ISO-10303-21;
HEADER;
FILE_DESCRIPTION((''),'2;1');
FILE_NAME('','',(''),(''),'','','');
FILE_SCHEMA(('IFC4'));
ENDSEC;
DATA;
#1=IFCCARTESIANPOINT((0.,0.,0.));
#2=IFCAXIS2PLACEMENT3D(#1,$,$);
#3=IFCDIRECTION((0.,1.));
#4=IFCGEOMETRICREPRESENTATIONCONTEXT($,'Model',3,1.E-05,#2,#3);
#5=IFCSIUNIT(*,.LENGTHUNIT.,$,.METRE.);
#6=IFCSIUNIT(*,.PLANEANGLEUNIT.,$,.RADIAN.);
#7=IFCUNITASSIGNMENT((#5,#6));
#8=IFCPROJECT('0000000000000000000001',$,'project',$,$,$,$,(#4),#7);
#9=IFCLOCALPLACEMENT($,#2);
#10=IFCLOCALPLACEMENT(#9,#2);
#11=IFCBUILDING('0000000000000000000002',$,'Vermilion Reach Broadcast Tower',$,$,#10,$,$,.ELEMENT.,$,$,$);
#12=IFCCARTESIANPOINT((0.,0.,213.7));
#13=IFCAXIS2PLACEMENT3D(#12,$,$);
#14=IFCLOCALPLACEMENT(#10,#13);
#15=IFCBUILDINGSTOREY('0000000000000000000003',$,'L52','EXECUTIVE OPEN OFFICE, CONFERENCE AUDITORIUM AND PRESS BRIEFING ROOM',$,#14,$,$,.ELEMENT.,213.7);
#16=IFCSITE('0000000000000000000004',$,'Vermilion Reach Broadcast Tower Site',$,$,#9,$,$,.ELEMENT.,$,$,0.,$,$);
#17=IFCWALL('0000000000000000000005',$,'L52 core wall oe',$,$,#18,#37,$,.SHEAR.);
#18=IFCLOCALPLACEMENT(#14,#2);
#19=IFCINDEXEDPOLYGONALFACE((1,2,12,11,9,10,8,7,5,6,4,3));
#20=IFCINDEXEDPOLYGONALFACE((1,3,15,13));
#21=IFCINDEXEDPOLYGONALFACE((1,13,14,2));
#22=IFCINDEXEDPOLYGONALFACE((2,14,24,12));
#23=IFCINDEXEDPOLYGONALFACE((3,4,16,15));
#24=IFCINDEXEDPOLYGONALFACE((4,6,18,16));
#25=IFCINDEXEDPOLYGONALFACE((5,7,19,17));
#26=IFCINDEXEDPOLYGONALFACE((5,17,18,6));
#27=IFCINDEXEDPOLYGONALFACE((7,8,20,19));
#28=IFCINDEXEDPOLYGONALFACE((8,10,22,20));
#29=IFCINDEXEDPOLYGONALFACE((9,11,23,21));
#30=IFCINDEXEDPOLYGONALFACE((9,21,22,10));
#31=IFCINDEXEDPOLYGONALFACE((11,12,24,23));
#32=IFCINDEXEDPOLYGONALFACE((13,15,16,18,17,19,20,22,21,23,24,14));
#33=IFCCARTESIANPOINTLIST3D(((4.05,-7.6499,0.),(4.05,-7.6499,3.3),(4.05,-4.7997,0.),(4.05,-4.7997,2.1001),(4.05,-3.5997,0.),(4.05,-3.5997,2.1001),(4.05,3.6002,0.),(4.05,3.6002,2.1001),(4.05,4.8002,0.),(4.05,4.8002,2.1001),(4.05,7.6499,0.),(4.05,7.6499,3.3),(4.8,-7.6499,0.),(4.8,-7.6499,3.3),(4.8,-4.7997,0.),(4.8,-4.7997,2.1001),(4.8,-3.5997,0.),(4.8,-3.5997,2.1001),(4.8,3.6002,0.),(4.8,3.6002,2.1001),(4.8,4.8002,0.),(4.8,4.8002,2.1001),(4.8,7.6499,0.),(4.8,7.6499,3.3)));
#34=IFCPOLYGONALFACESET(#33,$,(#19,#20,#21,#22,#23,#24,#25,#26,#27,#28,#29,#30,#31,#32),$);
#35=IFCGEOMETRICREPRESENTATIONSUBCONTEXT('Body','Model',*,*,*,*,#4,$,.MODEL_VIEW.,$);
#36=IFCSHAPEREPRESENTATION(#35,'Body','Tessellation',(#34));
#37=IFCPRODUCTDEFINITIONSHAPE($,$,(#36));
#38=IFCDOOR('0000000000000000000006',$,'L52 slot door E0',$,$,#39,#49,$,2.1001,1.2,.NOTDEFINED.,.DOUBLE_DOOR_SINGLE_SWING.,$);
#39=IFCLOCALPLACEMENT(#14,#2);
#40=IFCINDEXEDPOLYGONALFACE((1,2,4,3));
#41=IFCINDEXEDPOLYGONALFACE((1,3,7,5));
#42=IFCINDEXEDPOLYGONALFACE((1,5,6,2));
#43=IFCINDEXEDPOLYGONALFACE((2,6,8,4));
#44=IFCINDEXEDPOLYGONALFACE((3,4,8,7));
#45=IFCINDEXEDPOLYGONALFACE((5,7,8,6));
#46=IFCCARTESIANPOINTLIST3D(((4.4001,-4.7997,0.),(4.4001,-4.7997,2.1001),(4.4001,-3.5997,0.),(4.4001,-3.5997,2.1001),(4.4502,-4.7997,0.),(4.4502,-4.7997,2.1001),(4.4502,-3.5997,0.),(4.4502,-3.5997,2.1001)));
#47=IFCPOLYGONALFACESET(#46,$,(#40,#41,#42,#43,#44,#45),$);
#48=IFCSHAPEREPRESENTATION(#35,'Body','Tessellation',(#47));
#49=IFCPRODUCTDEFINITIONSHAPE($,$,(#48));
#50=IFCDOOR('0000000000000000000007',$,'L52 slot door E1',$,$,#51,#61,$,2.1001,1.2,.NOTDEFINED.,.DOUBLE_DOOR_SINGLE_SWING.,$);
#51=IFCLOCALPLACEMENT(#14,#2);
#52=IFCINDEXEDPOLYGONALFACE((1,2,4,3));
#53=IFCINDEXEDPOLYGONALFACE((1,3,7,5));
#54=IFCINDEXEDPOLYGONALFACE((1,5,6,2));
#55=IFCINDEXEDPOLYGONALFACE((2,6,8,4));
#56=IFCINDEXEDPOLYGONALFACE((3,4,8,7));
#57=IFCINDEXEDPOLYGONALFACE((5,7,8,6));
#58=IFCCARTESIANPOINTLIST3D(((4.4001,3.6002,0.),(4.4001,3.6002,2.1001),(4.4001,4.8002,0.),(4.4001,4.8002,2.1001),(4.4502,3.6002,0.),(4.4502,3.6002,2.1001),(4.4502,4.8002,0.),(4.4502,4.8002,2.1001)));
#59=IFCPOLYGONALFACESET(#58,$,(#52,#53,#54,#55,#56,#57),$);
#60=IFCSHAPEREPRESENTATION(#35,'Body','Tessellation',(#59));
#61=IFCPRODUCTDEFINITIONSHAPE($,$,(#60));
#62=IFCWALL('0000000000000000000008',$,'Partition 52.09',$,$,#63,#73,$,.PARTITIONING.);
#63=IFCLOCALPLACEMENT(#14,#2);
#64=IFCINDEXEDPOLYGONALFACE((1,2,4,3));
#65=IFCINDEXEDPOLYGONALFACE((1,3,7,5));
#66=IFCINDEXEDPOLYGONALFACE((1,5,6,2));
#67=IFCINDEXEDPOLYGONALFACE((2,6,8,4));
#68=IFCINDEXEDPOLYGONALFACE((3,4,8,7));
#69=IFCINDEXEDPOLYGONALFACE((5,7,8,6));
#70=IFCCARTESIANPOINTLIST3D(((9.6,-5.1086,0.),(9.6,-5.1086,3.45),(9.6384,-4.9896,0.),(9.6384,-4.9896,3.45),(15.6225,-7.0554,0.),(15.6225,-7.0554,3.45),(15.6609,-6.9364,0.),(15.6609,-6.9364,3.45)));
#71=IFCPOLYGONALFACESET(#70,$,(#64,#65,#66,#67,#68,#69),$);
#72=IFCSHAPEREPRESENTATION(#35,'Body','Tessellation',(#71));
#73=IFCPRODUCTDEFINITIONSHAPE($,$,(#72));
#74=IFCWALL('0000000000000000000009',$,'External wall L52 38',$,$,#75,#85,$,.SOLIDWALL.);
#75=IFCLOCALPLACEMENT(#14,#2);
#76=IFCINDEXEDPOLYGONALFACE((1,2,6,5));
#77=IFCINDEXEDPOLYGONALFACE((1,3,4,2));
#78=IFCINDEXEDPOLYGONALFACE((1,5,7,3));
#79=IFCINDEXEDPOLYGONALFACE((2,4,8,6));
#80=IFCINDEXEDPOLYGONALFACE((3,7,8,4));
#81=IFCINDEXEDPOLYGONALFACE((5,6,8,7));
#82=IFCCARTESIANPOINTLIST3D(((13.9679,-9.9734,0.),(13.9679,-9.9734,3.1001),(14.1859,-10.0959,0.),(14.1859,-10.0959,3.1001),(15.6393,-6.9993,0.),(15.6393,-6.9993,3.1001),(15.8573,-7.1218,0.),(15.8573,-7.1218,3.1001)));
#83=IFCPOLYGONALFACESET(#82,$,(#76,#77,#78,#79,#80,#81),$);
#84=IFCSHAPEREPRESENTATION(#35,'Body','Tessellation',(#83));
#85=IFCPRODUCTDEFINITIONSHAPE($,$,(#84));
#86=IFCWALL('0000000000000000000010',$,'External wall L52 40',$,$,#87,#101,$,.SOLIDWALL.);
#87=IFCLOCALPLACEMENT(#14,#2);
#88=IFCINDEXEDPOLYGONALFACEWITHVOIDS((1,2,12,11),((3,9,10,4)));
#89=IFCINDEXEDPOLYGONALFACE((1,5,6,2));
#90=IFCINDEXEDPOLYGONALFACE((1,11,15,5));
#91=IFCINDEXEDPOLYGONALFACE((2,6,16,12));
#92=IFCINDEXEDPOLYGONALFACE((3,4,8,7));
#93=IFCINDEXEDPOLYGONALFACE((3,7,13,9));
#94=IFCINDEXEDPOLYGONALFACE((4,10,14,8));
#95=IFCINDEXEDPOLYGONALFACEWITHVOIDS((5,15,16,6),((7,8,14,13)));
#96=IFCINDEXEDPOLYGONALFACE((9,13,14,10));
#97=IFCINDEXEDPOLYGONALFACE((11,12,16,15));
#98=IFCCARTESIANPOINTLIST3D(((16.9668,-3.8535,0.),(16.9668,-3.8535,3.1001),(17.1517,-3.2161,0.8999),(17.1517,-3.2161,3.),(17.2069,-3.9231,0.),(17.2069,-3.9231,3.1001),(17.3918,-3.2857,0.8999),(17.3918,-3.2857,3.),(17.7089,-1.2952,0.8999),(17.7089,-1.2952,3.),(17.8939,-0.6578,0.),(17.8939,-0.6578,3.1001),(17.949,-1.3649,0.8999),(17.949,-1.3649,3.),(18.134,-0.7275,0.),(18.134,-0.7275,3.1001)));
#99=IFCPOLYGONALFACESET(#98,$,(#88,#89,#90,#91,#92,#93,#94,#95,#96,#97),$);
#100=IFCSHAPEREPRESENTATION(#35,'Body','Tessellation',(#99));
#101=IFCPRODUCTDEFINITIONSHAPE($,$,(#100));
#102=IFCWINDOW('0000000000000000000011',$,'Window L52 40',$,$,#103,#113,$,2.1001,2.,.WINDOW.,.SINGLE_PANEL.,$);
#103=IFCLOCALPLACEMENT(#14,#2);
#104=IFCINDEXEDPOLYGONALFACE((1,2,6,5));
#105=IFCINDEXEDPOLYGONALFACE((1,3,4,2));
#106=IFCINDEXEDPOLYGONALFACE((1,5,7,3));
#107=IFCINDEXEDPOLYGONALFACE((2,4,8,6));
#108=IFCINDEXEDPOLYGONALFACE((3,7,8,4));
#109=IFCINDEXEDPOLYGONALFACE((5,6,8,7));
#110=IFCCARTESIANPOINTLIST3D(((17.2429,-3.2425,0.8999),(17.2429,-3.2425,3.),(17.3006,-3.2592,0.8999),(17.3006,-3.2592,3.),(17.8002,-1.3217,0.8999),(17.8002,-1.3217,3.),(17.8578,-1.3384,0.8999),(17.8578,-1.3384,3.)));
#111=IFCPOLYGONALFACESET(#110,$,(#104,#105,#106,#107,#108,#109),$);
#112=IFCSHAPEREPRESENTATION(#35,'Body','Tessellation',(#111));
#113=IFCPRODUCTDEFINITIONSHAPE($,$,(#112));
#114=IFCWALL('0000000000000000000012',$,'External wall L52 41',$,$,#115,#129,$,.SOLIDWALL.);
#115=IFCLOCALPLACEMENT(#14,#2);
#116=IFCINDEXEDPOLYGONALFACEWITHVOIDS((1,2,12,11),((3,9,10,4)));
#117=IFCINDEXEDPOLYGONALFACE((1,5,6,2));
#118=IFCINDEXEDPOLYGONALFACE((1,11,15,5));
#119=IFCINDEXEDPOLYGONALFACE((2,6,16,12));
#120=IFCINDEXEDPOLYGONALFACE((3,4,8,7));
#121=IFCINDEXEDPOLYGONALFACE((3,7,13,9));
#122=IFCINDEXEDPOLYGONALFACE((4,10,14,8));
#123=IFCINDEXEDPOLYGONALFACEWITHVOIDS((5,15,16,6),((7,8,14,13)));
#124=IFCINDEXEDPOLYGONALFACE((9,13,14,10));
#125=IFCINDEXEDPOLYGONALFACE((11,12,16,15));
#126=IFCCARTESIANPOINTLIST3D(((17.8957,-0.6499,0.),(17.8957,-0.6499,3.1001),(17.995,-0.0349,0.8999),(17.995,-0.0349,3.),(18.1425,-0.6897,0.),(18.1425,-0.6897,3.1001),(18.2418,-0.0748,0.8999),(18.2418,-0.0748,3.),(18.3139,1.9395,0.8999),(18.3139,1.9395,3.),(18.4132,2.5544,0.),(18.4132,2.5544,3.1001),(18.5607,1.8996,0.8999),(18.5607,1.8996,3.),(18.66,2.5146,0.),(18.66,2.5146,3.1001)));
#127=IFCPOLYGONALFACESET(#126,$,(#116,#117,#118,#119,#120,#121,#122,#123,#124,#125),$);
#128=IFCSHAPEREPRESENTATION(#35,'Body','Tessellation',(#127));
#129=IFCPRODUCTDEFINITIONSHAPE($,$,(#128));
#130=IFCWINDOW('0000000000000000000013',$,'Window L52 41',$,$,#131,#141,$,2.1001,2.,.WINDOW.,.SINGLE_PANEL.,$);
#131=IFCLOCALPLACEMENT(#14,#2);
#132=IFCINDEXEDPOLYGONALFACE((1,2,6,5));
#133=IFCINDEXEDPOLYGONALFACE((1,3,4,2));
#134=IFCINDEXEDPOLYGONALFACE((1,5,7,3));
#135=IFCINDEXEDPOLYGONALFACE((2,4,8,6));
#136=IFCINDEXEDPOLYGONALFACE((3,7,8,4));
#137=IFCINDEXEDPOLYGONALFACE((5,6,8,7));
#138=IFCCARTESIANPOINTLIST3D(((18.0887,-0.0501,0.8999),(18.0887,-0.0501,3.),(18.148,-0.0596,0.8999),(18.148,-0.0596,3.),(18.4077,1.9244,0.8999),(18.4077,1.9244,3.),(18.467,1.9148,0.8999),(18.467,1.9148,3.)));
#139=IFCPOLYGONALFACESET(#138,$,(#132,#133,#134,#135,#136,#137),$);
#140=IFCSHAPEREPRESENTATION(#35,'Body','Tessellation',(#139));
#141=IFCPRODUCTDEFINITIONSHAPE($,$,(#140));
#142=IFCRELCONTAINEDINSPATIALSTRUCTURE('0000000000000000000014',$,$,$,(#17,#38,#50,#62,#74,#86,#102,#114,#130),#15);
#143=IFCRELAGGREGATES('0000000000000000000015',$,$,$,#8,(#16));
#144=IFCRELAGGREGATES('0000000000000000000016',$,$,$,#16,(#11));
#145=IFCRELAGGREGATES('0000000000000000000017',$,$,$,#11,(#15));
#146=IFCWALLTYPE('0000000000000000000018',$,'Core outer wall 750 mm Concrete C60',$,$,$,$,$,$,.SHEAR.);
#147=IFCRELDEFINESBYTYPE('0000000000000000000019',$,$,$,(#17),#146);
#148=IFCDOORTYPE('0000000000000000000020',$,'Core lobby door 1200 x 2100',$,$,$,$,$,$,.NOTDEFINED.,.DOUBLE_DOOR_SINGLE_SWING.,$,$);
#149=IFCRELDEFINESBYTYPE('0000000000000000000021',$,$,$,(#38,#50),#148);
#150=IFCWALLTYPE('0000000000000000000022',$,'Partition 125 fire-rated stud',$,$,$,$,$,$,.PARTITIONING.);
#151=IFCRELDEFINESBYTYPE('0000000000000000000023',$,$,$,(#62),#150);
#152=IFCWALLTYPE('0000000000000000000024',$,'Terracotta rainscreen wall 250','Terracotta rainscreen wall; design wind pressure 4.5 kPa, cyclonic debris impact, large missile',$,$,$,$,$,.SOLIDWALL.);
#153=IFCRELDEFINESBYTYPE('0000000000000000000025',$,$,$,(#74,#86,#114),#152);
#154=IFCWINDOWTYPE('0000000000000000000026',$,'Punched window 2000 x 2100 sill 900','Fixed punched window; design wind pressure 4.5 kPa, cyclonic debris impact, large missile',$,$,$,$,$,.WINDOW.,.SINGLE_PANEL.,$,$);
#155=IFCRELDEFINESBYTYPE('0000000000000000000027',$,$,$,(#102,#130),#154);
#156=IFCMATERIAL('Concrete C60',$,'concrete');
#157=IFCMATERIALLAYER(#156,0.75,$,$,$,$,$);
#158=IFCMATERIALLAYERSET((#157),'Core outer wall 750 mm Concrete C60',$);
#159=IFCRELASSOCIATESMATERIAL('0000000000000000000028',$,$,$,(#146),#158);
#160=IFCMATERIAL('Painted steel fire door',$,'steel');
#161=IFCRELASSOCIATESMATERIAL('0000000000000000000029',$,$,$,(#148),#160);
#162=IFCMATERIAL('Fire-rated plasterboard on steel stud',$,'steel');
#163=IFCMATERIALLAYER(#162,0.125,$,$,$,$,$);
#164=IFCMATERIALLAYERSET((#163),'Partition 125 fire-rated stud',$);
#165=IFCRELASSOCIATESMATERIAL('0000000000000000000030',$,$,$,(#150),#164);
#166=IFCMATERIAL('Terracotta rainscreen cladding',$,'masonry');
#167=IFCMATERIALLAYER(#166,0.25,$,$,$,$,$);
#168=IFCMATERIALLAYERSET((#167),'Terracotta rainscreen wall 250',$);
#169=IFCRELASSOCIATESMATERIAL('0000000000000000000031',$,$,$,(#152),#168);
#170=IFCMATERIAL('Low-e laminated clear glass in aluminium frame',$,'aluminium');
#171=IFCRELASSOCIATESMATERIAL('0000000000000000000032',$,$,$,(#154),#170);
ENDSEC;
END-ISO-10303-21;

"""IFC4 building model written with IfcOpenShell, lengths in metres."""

from ifc_helpers import new_model, si_unit, direction, frame, frame_2d, origin, place, context, subcontext, project, spatial, rectangle, extrude, material, layer, layer_set, type_object, element, fill, save


model = new_model("IFC4")

# Units and contexts
model_context = context("Model", 3, precision=1e-05, world=origin(), true_north=direction((0.0, 1.0)))
body_context = subcontext(model_context, "Body", "Model", "MODEL_VIEW")
ifc_project = project(units=[si_unit("LENGTHUNIT", "METRE"), si_unit("PLANEANGLEUNIT", "RADIAN")], contexts=[model_context])

# Site, building, storey
site_placement = place(None, origin())
site = spatial("IfcSite", under=ifc_project, at=site_placement, Name="Vermilion Reach Broadcast Tower Site", CompositionType="ELEMENT", RefElevation=0.0)
building_placement = place(site_placement, origin())
building = spatial("IfcBuilding", under=site, at=building_placement, Name="Vermilion Reach Broadcast Tower", CompositionType="ELEMENT")
storey_placement = place(building_placement, frame((0.0, 0.0, 213.7)))
storey = spatial("IfcBuildingStorey", under=building, at=storey_placement, Name="L52", Description="EXECUTIVE OPEN OFFICE, CONFERENCE AUDITORIUM AND PRESS BRIEFING ROOM", CompositionType="ELEMENT", Elevation=213.7)

# Wall, openings, doors
ifc_material_1 = material(Name="Concrete C60", Category="concrete")
ifc_layer_1 = layer(ifc_material_1, 0.75)
ifc_layer_set_1 = layer_set([ifc_layer_1], Name="Core outer wall 750 mm Concrete C60")
wall_type_1 = type_object("IfcWallType", Name="Core outer wall 750 mm Concrete C60", PredefinedType="SHEAR", material=ifc_layer_set_1)
wall_1_placement = place(storey_placement, frame((4.425, -7.6499, 0.0), z_axis=(0.0, 0.0, 1.0), x_axis=(0.0, 1.0, 0.0)))
wall_1 = element("IfcWall", 1, at=wall_1_placement, inside=storey, type_object=wall_type_1, Name="L52 core wall oe", PredefinedType="SHEAR", context=body_context, shape_type="SweptSolid", body=[
    extrude(rectangle(XDim=15.2998, YDim=0.75, at=frame_2d((7.6499, 0.0))), origin(), (0.0, 0.0, 1.0), 3.3),
])
opening_1_placement = place(wall_1_placement, frame((2.8501, 0.0, 0.0)))
opening_1 = element("IfcOpeningElement", 2, at=opening_1_placement, cuts=wall_1, PredefinedType="OPENING", context=body_context, shape_type="SweptSolid", body=[
    extrude(rectangle(XDim=1.2, YDim=2.1001, at=frame_2d((0.6001, 1.05))), frame((0.0, 0.385, 0.0), z_axis=(0.0, -1.0, 0.0), x_axis=(1.0, 0.0, 0.0)), (0.0, 0.0, 1.0), 0.77),
])
opening_2_placement = place(wall_1_placement, frame((11.25, 0.0, 0.0)))
opening_2 = element("IfcOpeningElement", 3, at=opening_2_placement, cuts=wall_1, PredefinedType="OPENING", context=body_context, shape_type="SweptSolid", body=[
    extrude(rectangle(XDim=1.2, YDim=2.1001, at=frame_2d((0.6001, 1.05))), frame((0.0, 0.385, 0.0), z_axis=(0.0, -1.0, 0.0), x_axis=(1.0, 0.0, 0.0)), (0.0, 0.0, 1.0), 0.77),
])
ifc_material_2 = material(Name="Painted steel fire door", Category="steel")
door_type_1 = type_object("IfcDoorType", Name="Core lobby door 1200 x 2100", OperationType="DOUBLE_DOOR_SINGLE_SWING", PredefinedType="NOTDEFINED", material=ifc_material_2)
door_1_placement = place(opening_1_placement, origin())
door_1 = element("IfcDoor", 4, at=door_1_placement, inside=storey, type_object=door_type_1, Name="L52 slot door E0", OperationType="DOUBLE_DOOR_SINGLE_SWING", OverallHeight=2.1001, OverallWidth=1.2, PredefinedType="NOTDEFINED", context=body_context, shape_type="SweptSolid", body=[
    extrude(rectangle(XDim=1.2, YDim=2.1001, at=frame_2d((0.6001, 1.05))), frame((0.0, 0.0249, 0.0), z_axis=(0.0, -1.0, 0.0), x_axis=(1.0, 0.0, 0.0)), (0.0, 0.0, 1.0), 0.05),
])
fill(opening_1, door_1)
door_2_placement = place(opening_2_placement, origin())
door_2 = element("IfcDoor", 5, at=door_2_placement, inside=storey, type_object=door_type_1, Name="L52 slot door E1", OperationType="DOUBLE_DOOR_SINGLE_SWING", OverallHeight=2.1001, OverallWidth=1.2, PredefinedType="NOTDEFINED", context=body_context, shape_type="SweptSolid", body=[
    extrude(rectangle(XDim=1.2, YDim=2.1001, at=frame_2d((0.6001, 1.05))), frame((0.0, 0.0249, 0.0), z_axis=(0.0, -1.0, 0.0), x_axis=(1.0, 0.0, 0.0)), (0.0, 0.0, 1.0), 0.05),
])
fill(opening_2, door_2)

# Walls
ifc_material_3 = material(Name="Fire-rated plasterboard on steel stud", Category="steel")
ifc_layer_2 = layer(ifc_material_3, 0.125)
ifc_layer_set_2 = layer_set([ifc_layer_2], Name="Partition 125 fire-rated stud")
wall_type_2 = type_object("IfcWallType", Name="Partition 125 fire-rated stud", PredefinedType="PARTITIONING", material=ifc_layer_set_2)
wall_2_placement = place(storey_placement, frame((15.6416, -6.9958, 0.0), z_axis=(0.0, 0.0, 1.0), x_axis=(-0.951522, 0.307582, 0.0)))
element("IfcWall", 6, at=wall_2_placement, inside=storey, type_object=wall_type_2, Name="Partition 52.09", PredefinedType="PARTITIONING", context=body_context, shape_type="SweptSolid", body=[
    extrude(rectangle(XDim=6.3293, YDim=0.125, at=frame_2d((3.1646, 0.0))), origin(), (0.0, 0.0, 1.0), 3.45),
])
ifc_material_4 = material(Name="Terracotta rainscreen cladding", Category="masonry")
ifc_layer_3 = layer(ifc_material_4, 0.25)
ifc_layer_set_3 = layer_set([ifc_layer_3], Name="Terracotta rainscreen wall 250")
wall_type_3 = type_object("IfcWallType", Name="Terracotta rainscreen wall 250", Description="Terracotta rainscreen wall; design wind pressure 4.5 kPa, cyclonic debris impact, large missile", PredefinedType="SOLIDWALL", material=ifc_layer_set_3)
wall_3_placement = place(storey_placement, frame((14.0769, -10.0347, 0.0), z_axis=(0.0, 0.0, 1.0), x_axis=(0.489915, 0.87177, 0.0)))
element("IfcWall", 7, at=wall_3_placement, inside=storey, type_object=wall_type_3, Name="External wall L52 38", PredefinedType="SOLIDWALL", context=body_context, shape_type="SweptSolid", body=[
    extrude(rectangle(XDim=3.4116, YDim=0.25, at=frame_2d((1.7058, 0.0))), origin(), (0.0, 0.0, 1.0), 3.1001),
])

# Walls, openings, windows
wall_4_placement = place(storey_placement, frame((17.0869, -3.8882, 0.0), z_axis=(0.0, 0.0, 1.0), x_axis=(0.278605, 0.960406, 0.0)))
wall_4 = element("IfcWall", 8, at=wall_4_placement, inside=storey, type_object=wall_type_3, Name="External wall L52 40", PredefinedType="SOLIDWALL", context=body_context, shape_type="SweptSolid", body=[
    extrude(rectangle(XDim=3.3274, YDim=0.25, at=frame_2d((1.6636, 0.0))), origin(), (0.0, 0.0, 1.0), 3.1001),
])
opening_3_placement = place(wall_4_placement, frame((0.6636, 0.0, 0.8999)))
opening_3 = element("IfcOpeningElement", 9, at=opening_3_placement, cuts=wall_4, PredefinedType="OPENING", context=body_context, shape_type="SweptSolid", body=[
    extrude(rectangle(XDim=2.0, YDim=2.1001, at=frame_2d((1.0, 1.05))), frame((0.0, 0.135, 0.0), z_axis=(0.0, -1.0, 0.0), x_axis=(1.0, 0.0, 0.0)), (0.0, 0.0, 1.0), 0.27),
])
ifc_material_5 = material(Name="Low-e laminated clear glass in aluminium frame", Category="aluminium")
window_type = type_object("IfcWindowType", Name="Punched window 2000 x 2100 sill 900", Description="Fixed punched window; design wind pressure 4.5 kPa, cyclonic debris impact, large missile", PartitioningType="SINGLE_PANEL", PredefinedType="WINDOW", material=ifc_material_5)
window_1_placement = place(opening_3_placement, origin())
window_1 = element("IfcWindow", 10, at=window_1_placement, inside=storey, type_object=window_type, Name="Window L52 40", OverallHeight=2.1001, OverallWidth=2.0, PartitioningType="SINGLE_PANEL", PredefinedType="WINDOW", context=body_context, shape_type="SweptSolid", body=[
    extrude(rectangle(XDim=2.0, YDim=2.1001, at=frame_2d((1.0, 1.05))), frame((0.0, 0.03, 0.0), z_axis=(0.0, -1.0, 0.0), x_axis=(1.0, 0.0, 0.0)), (0.0, 0.0, 1.0), 0.0601),
])
fill(opening_3, window_1)
wall_5_placement = place(storey_placement, frame((18.019, -0.6699, 0.0), z_axis=(0.0, 0.0, 1.0), x_axis=(0.159457, 0.987205, 0.0)))
wall_5 = element("IfcWall", 11, at=wall_5_placement, inside=storey, type_object=wall_type_3, Name="External wall L52 41", PredefinedType="SOLIDWALL", context=body_context, shape_type="SweptSolid", body=[
    extrude(rectangle(XDim=3.2458, YDim=0.25, at=frame_2d((1.623, 0.0))), origin(), (0.0, 0.0, 1.0), 3.1001),
])
opening_4_placement = place(wall_5_placement, frame((0.623, 0.0, 0.8999)))
opening_4 = element("IfcOpeningElement", 12, at=opening_4_placement, cuts=wall_5, PredefinedType="OPENING", context=body_context, shape_type="SweptSolid", body=[
    extrude(rectangle(XDim=2.0, YDim=2.1001, at=frame_2d((1.0, 1.05))), frame((0.0, 0.135, 0.0), z_axis=(0.0, -1.0, 0.0), x_axis=(1.0, 0.0, 0.0)), (0.0, 0.0, 1.0), 0.27),
])
window_2_placement = place(opening_4_placement, origin())
window_2 = element("IfcWindow", 13, at=window_2_placement, inside=storey, type_object=window_type, Name="Window L52 41", OverallHeight=2.1001, OverallWidth=2.0, PartitioningType="SINGLE_PANEL", PredefinedType="WINDOW", context=body_context, shape_type="SweptSolid", body=[
    extrude(rectangle(XDim=2.0, YDim=2.1001, at=frame_2d((1.0, 1.05))), frame((0.0, 0.03, 0.0), z_axis=(0.0, -1.0, 0.0), x_axis=(1.0, 0.0, 0.0)), (0.0, 0.0, 1.0), 0.0601),
])
fill(opening_4, window_2)

save(model, "model.ifc")
